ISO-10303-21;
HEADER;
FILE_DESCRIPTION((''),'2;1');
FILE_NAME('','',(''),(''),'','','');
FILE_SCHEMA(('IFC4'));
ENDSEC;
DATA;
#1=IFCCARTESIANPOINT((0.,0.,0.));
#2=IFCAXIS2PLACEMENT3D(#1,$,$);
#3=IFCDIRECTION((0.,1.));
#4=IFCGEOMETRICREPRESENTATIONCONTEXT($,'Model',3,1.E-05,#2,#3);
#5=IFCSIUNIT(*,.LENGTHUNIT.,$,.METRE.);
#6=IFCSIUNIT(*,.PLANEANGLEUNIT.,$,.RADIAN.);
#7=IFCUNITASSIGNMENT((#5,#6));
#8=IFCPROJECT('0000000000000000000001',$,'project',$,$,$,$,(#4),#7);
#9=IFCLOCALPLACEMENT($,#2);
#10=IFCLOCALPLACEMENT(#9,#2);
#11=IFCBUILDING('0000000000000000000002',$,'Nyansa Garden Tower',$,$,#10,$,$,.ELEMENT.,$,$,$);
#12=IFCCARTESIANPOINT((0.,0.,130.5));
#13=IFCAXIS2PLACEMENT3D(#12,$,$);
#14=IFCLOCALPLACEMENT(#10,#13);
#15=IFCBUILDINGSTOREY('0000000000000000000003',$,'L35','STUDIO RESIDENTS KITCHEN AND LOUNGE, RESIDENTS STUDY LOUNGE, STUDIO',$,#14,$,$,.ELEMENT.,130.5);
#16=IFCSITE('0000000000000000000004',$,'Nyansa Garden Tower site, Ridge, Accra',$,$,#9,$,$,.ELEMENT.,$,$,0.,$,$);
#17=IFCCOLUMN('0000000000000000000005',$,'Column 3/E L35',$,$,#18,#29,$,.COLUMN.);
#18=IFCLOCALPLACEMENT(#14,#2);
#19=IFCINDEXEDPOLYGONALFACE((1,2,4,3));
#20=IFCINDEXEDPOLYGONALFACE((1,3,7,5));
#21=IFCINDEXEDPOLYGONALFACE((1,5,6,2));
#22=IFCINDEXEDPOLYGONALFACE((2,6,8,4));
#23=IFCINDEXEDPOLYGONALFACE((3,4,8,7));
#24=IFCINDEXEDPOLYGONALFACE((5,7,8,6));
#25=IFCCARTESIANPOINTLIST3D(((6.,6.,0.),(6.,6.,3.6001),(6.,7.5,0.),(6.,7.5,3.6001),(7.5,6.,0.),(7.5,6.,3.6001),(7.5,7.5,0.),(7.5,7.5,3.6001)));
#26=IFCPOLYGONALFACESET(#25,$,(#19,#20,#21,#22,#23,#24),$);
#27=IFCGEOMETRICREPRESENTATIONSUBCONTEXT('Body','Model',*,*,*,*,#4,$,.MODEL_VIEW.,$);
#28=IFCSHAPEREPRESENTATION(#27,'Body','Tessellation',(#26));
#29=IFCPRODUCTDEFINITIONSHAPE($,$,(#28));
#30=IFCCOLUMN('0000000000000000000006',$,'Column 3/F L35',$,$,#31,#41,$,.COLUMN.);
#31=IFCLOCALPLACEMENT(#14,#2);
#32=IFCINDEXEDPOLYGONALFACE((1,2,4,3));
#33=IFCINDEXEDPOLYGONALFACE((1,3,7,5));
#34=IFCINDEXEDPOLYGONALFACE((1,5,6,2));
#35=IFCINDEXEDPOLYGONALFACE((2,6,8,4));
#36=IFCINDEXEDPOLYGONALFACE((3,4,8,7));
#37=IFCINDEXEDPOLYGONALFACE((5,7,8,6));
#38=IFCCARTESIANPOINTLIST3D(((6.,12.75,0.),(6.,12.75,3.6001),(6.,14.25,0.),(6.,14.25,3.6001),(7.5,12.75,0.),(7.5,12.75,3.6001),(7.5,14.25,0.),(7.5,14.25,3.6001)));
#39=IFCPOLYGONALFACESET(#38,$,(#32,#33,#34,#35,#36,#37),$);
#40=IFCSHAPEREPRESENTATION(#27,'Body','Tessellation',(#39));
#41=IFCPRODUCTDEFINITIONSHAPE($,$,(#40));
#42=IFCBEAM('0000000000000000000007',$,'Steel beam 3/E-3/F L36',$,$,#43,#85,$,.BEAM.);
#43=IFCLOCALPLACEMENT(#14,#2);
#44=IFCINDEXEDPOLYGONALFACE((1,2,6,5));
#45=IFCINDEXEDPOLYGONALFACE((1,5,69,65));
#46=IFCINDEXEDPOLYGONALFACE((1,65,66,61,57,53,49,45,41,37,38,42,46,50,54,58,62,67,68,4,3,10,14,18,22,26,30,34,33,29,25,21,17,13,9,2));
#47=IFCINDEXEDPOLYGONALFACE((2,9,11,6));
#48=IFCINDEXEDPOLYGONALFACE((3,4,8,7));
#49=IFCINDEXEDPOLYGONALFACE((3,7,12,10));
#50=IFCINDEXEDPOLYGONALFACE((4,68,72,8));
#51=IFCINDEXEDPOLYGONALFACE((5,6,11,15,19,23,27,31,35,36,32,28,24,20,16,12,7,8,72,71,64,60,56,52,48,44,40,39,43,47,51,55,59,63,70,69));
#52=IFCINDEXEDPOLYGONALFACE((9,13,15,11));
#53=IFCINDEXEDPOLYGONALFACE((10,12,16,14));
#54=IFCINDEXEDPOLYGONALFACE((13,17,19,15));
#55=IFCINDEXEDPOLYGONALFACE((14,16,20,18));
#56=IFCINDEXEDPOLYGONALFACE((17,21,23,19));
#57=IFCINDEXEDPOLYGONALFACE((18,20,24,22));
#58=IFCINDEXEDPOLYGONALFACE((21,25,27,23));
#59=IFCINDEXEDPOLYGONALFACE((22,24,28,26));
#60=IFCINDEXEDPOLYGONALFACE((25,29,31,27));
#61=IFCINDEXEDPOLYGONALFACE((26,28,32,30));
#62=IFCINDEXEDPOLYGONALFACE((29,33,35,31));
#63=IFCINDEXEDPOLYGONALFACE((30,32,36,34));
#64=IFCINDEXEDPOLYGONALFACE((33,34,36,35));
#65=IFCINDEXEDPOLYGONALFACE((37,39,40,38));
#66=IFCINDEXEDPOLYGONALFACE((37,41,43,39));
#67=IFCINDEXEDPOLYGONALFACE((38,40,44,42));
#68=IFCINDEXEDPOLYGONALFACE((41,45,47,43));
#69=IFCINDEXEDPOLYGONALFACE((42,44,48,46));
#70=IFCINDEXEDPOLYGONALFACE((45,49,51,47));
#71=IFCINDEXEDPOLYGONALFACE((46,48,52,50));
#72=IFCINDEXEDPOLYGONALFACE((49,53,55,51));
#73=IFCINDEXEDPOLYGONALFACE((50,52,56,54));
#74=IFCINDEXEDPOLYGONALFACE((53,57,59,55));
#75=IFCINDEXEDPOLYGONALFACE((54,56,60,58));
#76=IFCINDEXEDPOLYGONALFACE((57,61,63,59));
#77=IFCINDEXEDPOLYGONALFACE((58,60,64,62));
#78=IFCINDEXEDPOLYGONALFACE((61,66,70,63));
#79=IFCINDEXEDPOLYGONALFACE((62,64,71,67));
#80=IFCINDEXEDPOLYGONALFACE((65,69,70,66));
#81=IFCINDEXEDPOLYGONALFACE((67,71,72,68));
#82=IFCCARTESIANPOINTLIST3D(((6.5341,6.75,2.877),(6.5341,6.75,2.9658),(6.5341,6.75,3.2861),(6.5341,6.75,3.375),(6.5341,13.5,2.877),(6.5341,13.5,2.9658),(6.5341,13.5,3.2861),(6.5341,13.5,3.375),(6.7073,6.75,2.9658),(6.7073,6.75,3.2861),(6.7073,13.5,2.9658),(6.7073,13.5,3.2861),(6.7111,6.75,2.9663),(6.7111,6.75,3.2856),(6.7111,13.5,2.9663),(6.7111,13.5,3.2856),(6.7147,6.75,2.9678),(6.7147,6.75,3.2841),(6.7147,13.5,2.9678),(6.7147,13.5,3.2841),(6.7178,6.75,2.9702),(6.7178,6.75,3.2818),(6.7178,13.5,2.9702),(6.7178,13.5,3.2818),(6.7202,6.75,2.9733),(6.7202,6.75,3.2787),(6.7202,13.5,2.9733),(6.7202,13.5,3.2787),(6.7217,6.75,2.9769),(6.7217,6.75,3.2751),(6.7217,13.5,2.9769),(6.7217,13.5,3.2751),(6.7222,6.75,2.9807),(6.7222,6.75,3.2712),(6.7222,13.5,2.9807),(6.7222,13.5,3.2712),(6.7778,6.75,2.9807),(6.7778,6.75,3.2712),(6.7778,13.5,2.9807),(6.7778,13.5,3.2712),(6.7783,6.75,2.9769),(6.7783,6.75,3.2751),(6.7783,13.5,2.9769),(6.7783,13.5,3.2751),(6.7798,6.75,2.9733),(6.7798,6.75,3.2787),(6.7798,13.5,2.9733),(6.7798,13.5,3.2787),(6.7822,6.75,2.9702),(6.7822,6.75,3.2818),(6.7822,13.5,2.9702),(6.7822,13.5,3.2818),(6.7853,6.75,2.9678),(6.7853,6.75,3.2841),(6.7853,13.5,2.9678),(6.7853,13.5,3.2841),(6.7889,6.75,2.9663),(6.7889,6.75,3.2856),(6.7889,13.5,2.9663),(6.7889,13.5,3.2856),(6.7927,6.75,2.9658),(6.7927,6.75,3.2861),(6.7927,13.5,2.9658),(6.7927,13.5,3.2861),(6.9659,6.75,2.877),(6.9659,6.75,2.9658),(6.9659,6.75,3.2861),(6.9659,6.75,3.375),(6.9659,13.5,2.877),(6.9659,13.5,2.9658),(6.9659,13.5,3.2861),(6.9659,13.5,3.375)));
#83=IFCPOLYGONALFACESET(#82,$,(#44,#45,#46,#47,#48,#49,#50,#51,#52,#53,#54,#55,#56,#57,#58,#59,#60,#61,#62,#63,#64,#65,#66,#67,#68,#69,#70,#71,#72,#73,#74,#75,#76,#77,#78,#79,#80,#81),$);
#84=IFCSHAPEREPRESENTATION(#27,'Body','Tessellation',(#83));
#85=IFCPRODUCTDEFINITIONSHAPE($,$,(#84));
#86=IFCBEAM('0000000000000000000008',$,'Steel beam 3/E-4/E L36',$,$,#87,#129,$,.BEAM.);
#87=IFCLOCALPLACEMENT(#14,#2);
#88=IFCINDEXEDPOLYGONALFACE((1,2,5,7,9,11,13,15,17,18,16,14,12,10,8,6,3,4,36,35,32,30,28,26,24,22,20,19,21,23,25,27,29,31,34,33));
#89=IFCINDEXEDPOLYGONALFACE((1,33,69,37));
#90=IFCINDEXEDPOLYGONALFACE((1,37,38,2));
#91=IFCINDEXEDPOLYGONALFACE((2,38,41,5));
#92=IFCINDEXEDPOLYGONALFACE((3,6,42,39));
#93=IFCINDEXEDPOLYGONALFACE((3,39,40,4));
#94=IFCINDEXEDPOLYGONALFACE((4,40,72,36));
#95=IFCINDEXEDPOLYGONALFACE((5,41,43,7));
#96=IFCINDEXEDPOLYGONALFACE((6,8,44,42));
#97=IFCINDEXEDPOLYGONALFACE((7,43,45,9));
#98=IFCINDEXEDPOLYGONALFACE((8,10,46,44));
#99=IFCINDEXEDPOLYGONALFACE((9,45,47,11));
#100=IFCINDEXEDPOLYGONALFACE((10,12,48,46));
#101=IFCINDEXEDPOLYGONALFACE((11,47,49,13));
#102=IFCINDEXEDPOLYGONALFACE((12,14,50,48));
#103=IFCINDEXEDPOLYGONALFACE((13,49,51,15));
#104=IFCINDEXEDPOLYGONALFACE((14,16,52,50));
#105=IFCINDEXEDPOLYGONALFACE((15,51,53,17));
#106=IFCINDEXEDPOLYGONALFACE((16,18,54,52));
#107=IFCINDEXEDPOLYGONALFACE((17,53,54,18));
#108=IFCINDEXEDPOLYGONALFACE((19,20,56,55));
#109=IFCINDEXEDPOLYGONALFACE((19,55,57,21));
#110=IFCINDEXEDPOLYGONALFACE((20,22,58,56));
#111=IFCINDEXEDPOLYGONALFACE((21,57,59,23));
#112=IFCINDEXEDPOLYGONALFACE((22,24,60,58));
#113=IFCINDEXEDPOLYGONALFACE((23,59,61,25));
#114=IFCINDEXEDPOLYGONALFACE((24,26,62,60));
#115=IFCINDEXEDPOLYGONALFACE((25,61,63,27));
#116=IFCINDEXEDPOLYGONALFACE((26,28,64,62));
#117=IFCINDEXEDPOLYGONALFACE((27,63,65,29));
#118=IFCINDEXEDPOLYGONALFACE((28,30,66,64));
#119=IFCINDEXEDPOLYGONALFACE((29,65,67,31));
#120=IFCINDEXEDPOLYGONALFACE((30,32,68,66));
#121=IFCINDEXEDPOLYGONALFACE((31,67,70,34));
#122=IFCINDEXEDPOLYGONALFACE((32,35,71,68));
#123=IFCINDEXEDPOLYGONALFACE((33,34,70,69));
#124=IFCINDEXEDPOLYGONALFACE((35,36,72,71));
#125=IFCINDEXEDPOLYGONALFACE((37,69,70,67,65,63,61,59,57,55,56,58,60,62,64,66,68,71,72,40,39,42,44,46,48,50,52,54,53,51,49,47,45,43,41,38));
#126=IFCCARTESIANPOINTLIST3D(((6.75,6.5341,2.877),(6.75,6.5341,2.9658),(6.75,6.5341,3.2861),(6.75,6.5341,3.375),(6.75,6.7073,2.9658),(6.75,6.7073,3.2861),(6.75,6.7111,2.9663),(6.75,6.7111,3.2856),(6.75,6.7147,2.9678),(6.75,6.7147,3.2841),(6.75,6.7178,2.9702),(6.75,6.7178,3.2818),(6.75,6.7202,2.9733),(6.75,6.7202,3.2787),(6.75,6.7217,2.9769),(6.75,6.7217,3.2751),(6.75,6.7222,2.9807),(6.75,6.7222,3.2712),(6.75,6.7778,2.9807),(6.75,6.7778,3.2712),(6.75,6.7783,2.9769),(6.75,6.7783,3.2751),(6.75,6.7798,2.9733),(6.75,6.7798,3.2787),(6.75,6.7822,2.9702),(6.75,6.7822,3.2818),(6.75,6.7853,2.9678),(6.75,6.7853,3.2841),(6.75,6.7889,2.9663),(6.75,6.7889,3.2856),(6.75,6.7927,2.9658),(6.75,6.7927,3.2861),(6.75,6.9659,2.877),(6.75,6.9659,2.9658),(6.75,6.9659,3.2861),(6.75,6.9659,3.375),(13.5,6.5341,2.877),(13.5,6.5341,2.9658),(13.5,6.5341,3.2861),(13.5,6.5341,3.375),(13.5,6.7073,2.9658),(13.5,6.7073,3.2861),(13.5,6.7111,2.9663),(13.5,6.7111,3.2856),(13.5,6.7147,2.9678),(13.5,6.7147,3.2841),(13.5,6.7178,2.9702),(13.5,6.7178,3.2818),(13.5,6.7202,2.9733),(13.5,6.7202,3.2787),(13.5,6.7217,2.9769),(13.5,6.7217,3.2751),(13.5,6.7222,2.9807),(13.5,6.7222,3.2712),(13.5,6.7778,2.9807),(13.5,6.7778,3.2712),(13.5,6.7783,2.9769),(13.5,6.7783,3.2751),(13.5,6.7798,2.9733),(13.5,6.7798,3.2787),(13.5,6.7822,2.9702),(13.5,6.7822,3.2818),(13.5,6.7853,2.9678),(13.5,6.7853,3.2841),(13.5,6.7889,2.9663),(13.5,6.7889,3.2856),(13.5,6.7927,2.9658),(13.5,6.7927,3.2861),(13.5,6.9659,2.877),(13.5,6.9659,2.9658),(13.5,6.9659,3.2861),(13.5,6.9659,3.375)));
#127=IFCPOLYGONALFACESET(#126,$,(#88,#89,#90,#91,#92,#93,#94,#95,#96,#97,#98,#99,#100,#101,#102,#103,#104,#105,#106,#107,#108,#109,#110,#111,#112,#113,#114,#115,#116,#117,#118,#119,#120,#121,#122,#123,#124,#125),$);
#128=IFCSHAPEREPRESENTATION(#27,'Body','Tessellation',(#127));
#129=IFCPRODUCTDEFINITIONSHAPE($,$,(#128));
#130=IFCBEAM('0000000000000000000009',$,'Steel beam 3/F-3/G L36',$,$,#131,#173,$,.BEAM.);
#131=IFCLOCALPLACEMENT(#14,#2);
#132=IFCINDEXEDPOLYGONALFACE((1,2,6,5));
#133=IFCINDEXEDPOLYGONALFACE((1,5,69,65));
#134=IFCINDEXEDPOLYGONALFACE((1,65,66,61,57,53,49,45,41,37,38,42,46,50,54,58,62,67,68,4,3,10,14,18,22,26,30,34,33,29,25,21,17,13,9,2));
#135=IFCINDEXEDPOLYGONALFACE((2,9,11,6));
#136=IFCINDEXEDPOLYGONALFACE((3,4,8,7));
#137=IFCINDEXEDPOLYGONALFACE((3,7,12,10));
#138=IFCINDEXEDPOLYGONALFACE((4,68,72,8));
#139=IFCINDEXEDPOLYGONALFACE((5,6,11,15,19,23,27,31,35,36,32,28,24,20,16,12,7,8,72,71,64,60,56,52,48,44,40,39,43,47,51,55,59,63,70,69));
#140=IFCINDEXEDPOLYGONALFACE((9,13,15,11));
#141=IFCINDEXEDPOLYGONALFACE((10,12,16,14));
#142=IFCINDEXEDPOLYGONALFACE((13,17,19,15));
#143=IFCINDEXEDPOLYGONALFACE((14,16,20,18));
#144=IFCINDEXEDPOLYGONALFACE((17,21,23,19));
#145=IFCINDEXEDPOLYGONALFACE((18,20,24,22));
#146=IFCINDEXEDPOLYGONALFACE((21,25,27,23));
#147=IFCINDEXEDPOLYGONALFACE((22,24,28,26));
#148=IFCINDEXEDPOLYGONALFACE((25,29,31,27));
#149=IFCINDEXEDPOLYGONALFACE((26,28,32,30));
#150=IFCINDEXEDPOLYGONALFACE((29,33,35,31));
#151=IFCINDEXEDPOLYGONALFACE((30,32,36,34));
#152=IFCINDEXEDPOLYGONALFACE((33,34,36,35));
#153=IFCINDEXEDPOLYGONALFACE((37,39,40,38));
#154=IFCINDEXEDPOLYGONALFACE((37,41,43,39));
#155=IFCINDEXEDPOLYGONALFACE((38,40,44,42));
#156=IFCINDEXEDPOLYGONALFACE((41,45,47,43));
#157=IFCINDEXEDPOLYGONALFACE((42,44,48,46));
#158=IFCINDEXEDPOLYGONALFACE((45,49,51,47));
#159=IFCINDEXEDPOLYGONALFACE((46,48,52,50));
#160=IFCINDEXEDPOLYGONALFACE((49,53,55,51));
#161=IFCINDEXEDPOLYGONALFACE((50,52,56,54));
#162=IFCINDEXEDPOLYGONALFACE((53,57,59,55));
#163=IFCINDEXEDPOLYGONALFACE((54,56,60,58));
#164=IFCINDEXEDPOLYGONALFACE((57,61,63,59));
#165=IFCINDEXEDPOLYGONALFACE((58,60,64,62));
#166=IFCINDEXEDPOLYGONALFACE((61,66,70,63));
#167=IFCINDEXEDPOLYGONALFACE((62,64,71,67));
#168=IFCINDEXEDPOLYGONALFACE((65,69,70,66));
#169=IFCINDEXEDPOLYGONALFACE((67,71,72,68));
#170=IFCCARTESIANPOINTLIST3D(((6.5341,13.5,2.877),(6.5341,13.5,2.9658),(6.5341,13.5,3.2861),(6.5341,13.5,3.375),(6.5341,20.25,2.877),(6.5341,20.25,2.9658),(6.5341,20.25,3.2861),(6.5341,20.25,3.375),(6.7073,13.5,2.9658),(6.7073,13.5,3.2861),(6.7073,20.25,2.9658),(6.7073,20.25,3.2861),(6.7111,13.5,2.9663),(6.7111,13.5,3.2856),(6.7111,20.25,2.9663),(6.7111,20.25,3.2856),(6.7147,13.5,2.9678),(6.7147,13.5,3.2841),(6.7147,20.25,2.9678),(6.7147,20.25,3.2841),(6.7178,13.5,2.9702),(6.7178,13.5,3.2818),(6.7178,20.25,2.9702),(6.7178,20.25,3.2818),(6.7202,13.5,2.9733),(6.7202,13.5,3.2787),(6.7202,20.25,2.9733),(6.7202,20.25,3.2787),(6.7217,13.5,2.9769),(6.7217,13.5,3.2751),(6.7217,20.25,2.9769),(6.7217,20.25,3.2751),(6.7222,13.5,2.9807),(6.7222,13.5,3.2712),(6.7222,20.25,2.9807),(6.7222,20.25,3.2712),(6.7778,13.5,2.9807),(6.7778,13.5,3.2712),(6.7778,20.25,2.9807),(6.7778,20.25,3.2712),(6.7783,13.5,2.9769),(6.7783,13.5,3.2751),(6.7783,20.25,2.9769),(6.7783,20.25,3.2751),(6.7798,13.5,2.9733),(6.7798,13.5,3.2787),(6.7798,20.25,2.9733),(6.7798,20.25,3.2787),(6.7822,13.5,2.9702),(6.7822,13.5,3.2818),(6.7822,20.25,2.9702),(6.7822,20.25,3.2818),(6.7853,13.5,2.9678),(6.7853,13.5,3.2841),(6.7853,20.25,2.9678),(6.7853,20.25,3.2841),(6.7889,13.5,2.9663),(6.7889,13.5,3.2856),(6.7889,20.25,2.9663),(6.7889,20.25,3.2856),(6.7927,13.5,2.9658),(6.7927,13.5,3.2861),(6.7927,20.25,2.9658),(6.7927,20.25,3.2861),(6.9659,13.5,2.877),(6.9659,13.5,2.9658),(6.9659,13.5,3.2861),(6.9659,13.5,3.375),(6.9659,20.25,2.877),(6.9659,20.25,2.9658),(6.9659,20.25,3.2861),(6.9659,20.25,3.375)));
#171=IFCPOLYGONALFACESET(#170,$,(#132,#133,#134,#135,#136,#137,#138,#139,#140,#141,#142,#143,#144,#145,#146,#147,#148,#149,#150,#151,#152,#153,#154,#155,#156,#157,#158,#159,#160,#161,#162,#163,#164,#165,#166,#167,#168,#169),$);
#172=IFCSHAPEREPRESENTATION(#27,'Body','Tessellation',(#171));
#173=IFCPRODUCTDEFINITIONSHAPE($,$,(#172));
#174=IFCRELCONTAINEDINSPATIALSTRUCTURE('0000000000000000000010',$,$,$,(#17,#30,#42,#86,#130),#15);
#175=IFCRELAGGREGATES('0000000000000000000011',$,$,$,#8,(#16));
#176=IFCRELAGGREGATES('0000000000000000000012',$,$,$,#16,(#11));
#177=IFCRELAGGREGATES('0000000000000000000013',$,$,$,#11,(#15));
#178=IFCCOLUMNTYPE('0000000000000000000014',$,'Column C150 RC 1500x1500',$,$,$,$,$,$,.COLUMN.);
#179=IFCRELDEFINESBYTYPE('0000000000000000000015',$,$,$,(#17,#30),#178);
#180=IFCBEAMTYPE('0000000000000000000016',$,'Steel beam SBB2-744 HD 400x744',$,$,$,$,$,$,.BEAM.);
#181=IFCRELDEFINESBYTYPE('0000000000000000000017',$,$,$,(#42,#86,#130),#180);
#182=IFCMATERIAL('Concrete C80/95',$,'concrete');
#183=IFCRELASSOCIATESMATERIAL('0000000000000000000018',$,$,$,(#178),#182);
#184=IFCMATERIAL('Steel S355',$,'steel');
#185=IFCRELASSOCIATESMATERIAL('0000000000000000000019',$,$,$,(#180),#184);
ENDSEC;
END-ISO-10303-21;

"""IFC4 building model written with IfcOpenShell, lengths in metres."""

from ifc_helpers import new_model, si_unit, direction, frame, origin, origin_2d, place, context, subcontext, project, spatial, rectangle, i_section, extrude, material, material_profile, profile_set, type_object, element, save


model = new_model("IFC4")

# Units and contexts
model_context = context("Model", 3, precision=1e-05, world=origin(), true_north=direction((0.0, 1.0)))
body_context = subcontext(model_context, "Body", "Model", "MODEL_VIEW")
ifc_project = project(units=[si_unit("LENGTHUNIT", "METRE"), si_unit("PLANEANGLEUNIT", "RADIAN")], contexts=[model_context])

# Site, building, storey
site_placement = place(None, origin())
site = spatial("IfcSite", under=ifc_project, at=site_placement, Name="Nyansa Garden Tower site, Ridge, Accra", CompositionType="ELEMENT", RefElevation=0.0)
building_placement = place(site_placement, origin())
building = spatial("IfcBuilding", under=site, at=building_placement, Name="Nyansa Garden Tower", CompositionType="ELEMENT")
storey_placement = place(building_placement, frame((0.0, 0.0, 130.5)))
storey = spatial("IfcBuildingStorey", under=building, at=storey_placement, Name="L35", Description="STUDIO RESIDENTS KITCHEN AND LOUNGE, RESIDENTS STUDY LOUNGE, STUDIO", CompositionType="ELEMENT", Elevation=130.5)

# Columns
ifc_material_1 = material(Name="Concrete C80/95", Category="concrete")
ifc_material_profile_1 = material_profile(ifc_material_1, rectangle(XDim=1.5, YDim=1.5, at=origin_2d()), Name="RC 1500x1500")
ifc_profile_set_1 = profile_set([ifc_material_profile_1], Name="Concrete C80/95")
column_type = type_object("IfcColumnType", Name="Column C150 RC 1500x1500", PredefinedType="COLUMN", material=ifc_profile_set_1)
for number, where, z_axis, x_axis, name in (
    (1, (6.75, 6.75, 0.0), (0.0, 0.0, 1.0), (1.0, 0.0, 0.0), "Column 3/E L35"),
    (2, (6.75, 13.5, 0.0), (0.0, 0.0, 1.0), (1.0, 0.0, 0.0), "Column 3/F L35"),
):
    element("IfcColumn", number, at=place(storey_placement, frame(where, z_axis=z_axis, x_axis=x_axis)), inside=storey, type_object=column_type, Name=name, PredefinedType="COLUMN", context=body_context, shape_type="SweptSolid", body=[
        extrude(rectangle(XDim=1.5, YDim=1.5, at=origin_2d()), origin(), (0.0, 0.0, 1.0), 3.6001),
    ])

# Beams
ifc_material_2 = material(Name="Steel S355", Category="steel")
ifc_material_profile_2 = material_profile(ifc_material_2, i_section(OverallWidth=0.4319, OverallDepth=0.498, WebThickness=0.0557, FlangeThickness=0.0889, FilletRadius=0.0149, at=origin_2d()), Name="HD 400x744")
ifc_profile_set_2 = profile_set([ifc_material_profile_2], Name="Steel S355")
beam_type_1 = type_object("IfcBeamType", Name="Steel beam SBB2-744 HD 400x744", PredefinedType="BEAM", material=ifc_profile_set_2)
for number, where, z_axis, x_axis, name in (
    (3, (6.75, 6.75, 3.126), (0.0, 1.0, 0.0), (-1.0, 0.0, 0.0), "Steel beam 3/E-3/F L36"),
    (4, (6.75, 6.75, 3.126), (1.0, 0.0, 0.0), (0.0, 1.0, 0.0), "Steel beam 3/E-4/E L36"),
    (5, (6.75, 13.5, 3.126), (0.0, 1.0, 0.0), (-1.0, 0.0, 0.0), "Steel beam 3/F-3/G L36"),
):
    element("IfcBeam", number, at=place(storey_placement, frame(where, z_axis=z_axis, x_axis=x_axis)), inside=storey, type_object=beam_type_1, Name=name, PredefinedType="BEAM", context=body_context, shape_type="SweptSolid", body=[
        extrude(i_section(OverallWidth=0.4319, OverallDepth=0.498, WebThickness=0.0557, FlangeThickness=0.0889, FilletRadius=0.0149, at=origin_2d()), origin(), (0.0, 0.0, 1.0), 6.75),
    ])

save(model, "model.ifc")
